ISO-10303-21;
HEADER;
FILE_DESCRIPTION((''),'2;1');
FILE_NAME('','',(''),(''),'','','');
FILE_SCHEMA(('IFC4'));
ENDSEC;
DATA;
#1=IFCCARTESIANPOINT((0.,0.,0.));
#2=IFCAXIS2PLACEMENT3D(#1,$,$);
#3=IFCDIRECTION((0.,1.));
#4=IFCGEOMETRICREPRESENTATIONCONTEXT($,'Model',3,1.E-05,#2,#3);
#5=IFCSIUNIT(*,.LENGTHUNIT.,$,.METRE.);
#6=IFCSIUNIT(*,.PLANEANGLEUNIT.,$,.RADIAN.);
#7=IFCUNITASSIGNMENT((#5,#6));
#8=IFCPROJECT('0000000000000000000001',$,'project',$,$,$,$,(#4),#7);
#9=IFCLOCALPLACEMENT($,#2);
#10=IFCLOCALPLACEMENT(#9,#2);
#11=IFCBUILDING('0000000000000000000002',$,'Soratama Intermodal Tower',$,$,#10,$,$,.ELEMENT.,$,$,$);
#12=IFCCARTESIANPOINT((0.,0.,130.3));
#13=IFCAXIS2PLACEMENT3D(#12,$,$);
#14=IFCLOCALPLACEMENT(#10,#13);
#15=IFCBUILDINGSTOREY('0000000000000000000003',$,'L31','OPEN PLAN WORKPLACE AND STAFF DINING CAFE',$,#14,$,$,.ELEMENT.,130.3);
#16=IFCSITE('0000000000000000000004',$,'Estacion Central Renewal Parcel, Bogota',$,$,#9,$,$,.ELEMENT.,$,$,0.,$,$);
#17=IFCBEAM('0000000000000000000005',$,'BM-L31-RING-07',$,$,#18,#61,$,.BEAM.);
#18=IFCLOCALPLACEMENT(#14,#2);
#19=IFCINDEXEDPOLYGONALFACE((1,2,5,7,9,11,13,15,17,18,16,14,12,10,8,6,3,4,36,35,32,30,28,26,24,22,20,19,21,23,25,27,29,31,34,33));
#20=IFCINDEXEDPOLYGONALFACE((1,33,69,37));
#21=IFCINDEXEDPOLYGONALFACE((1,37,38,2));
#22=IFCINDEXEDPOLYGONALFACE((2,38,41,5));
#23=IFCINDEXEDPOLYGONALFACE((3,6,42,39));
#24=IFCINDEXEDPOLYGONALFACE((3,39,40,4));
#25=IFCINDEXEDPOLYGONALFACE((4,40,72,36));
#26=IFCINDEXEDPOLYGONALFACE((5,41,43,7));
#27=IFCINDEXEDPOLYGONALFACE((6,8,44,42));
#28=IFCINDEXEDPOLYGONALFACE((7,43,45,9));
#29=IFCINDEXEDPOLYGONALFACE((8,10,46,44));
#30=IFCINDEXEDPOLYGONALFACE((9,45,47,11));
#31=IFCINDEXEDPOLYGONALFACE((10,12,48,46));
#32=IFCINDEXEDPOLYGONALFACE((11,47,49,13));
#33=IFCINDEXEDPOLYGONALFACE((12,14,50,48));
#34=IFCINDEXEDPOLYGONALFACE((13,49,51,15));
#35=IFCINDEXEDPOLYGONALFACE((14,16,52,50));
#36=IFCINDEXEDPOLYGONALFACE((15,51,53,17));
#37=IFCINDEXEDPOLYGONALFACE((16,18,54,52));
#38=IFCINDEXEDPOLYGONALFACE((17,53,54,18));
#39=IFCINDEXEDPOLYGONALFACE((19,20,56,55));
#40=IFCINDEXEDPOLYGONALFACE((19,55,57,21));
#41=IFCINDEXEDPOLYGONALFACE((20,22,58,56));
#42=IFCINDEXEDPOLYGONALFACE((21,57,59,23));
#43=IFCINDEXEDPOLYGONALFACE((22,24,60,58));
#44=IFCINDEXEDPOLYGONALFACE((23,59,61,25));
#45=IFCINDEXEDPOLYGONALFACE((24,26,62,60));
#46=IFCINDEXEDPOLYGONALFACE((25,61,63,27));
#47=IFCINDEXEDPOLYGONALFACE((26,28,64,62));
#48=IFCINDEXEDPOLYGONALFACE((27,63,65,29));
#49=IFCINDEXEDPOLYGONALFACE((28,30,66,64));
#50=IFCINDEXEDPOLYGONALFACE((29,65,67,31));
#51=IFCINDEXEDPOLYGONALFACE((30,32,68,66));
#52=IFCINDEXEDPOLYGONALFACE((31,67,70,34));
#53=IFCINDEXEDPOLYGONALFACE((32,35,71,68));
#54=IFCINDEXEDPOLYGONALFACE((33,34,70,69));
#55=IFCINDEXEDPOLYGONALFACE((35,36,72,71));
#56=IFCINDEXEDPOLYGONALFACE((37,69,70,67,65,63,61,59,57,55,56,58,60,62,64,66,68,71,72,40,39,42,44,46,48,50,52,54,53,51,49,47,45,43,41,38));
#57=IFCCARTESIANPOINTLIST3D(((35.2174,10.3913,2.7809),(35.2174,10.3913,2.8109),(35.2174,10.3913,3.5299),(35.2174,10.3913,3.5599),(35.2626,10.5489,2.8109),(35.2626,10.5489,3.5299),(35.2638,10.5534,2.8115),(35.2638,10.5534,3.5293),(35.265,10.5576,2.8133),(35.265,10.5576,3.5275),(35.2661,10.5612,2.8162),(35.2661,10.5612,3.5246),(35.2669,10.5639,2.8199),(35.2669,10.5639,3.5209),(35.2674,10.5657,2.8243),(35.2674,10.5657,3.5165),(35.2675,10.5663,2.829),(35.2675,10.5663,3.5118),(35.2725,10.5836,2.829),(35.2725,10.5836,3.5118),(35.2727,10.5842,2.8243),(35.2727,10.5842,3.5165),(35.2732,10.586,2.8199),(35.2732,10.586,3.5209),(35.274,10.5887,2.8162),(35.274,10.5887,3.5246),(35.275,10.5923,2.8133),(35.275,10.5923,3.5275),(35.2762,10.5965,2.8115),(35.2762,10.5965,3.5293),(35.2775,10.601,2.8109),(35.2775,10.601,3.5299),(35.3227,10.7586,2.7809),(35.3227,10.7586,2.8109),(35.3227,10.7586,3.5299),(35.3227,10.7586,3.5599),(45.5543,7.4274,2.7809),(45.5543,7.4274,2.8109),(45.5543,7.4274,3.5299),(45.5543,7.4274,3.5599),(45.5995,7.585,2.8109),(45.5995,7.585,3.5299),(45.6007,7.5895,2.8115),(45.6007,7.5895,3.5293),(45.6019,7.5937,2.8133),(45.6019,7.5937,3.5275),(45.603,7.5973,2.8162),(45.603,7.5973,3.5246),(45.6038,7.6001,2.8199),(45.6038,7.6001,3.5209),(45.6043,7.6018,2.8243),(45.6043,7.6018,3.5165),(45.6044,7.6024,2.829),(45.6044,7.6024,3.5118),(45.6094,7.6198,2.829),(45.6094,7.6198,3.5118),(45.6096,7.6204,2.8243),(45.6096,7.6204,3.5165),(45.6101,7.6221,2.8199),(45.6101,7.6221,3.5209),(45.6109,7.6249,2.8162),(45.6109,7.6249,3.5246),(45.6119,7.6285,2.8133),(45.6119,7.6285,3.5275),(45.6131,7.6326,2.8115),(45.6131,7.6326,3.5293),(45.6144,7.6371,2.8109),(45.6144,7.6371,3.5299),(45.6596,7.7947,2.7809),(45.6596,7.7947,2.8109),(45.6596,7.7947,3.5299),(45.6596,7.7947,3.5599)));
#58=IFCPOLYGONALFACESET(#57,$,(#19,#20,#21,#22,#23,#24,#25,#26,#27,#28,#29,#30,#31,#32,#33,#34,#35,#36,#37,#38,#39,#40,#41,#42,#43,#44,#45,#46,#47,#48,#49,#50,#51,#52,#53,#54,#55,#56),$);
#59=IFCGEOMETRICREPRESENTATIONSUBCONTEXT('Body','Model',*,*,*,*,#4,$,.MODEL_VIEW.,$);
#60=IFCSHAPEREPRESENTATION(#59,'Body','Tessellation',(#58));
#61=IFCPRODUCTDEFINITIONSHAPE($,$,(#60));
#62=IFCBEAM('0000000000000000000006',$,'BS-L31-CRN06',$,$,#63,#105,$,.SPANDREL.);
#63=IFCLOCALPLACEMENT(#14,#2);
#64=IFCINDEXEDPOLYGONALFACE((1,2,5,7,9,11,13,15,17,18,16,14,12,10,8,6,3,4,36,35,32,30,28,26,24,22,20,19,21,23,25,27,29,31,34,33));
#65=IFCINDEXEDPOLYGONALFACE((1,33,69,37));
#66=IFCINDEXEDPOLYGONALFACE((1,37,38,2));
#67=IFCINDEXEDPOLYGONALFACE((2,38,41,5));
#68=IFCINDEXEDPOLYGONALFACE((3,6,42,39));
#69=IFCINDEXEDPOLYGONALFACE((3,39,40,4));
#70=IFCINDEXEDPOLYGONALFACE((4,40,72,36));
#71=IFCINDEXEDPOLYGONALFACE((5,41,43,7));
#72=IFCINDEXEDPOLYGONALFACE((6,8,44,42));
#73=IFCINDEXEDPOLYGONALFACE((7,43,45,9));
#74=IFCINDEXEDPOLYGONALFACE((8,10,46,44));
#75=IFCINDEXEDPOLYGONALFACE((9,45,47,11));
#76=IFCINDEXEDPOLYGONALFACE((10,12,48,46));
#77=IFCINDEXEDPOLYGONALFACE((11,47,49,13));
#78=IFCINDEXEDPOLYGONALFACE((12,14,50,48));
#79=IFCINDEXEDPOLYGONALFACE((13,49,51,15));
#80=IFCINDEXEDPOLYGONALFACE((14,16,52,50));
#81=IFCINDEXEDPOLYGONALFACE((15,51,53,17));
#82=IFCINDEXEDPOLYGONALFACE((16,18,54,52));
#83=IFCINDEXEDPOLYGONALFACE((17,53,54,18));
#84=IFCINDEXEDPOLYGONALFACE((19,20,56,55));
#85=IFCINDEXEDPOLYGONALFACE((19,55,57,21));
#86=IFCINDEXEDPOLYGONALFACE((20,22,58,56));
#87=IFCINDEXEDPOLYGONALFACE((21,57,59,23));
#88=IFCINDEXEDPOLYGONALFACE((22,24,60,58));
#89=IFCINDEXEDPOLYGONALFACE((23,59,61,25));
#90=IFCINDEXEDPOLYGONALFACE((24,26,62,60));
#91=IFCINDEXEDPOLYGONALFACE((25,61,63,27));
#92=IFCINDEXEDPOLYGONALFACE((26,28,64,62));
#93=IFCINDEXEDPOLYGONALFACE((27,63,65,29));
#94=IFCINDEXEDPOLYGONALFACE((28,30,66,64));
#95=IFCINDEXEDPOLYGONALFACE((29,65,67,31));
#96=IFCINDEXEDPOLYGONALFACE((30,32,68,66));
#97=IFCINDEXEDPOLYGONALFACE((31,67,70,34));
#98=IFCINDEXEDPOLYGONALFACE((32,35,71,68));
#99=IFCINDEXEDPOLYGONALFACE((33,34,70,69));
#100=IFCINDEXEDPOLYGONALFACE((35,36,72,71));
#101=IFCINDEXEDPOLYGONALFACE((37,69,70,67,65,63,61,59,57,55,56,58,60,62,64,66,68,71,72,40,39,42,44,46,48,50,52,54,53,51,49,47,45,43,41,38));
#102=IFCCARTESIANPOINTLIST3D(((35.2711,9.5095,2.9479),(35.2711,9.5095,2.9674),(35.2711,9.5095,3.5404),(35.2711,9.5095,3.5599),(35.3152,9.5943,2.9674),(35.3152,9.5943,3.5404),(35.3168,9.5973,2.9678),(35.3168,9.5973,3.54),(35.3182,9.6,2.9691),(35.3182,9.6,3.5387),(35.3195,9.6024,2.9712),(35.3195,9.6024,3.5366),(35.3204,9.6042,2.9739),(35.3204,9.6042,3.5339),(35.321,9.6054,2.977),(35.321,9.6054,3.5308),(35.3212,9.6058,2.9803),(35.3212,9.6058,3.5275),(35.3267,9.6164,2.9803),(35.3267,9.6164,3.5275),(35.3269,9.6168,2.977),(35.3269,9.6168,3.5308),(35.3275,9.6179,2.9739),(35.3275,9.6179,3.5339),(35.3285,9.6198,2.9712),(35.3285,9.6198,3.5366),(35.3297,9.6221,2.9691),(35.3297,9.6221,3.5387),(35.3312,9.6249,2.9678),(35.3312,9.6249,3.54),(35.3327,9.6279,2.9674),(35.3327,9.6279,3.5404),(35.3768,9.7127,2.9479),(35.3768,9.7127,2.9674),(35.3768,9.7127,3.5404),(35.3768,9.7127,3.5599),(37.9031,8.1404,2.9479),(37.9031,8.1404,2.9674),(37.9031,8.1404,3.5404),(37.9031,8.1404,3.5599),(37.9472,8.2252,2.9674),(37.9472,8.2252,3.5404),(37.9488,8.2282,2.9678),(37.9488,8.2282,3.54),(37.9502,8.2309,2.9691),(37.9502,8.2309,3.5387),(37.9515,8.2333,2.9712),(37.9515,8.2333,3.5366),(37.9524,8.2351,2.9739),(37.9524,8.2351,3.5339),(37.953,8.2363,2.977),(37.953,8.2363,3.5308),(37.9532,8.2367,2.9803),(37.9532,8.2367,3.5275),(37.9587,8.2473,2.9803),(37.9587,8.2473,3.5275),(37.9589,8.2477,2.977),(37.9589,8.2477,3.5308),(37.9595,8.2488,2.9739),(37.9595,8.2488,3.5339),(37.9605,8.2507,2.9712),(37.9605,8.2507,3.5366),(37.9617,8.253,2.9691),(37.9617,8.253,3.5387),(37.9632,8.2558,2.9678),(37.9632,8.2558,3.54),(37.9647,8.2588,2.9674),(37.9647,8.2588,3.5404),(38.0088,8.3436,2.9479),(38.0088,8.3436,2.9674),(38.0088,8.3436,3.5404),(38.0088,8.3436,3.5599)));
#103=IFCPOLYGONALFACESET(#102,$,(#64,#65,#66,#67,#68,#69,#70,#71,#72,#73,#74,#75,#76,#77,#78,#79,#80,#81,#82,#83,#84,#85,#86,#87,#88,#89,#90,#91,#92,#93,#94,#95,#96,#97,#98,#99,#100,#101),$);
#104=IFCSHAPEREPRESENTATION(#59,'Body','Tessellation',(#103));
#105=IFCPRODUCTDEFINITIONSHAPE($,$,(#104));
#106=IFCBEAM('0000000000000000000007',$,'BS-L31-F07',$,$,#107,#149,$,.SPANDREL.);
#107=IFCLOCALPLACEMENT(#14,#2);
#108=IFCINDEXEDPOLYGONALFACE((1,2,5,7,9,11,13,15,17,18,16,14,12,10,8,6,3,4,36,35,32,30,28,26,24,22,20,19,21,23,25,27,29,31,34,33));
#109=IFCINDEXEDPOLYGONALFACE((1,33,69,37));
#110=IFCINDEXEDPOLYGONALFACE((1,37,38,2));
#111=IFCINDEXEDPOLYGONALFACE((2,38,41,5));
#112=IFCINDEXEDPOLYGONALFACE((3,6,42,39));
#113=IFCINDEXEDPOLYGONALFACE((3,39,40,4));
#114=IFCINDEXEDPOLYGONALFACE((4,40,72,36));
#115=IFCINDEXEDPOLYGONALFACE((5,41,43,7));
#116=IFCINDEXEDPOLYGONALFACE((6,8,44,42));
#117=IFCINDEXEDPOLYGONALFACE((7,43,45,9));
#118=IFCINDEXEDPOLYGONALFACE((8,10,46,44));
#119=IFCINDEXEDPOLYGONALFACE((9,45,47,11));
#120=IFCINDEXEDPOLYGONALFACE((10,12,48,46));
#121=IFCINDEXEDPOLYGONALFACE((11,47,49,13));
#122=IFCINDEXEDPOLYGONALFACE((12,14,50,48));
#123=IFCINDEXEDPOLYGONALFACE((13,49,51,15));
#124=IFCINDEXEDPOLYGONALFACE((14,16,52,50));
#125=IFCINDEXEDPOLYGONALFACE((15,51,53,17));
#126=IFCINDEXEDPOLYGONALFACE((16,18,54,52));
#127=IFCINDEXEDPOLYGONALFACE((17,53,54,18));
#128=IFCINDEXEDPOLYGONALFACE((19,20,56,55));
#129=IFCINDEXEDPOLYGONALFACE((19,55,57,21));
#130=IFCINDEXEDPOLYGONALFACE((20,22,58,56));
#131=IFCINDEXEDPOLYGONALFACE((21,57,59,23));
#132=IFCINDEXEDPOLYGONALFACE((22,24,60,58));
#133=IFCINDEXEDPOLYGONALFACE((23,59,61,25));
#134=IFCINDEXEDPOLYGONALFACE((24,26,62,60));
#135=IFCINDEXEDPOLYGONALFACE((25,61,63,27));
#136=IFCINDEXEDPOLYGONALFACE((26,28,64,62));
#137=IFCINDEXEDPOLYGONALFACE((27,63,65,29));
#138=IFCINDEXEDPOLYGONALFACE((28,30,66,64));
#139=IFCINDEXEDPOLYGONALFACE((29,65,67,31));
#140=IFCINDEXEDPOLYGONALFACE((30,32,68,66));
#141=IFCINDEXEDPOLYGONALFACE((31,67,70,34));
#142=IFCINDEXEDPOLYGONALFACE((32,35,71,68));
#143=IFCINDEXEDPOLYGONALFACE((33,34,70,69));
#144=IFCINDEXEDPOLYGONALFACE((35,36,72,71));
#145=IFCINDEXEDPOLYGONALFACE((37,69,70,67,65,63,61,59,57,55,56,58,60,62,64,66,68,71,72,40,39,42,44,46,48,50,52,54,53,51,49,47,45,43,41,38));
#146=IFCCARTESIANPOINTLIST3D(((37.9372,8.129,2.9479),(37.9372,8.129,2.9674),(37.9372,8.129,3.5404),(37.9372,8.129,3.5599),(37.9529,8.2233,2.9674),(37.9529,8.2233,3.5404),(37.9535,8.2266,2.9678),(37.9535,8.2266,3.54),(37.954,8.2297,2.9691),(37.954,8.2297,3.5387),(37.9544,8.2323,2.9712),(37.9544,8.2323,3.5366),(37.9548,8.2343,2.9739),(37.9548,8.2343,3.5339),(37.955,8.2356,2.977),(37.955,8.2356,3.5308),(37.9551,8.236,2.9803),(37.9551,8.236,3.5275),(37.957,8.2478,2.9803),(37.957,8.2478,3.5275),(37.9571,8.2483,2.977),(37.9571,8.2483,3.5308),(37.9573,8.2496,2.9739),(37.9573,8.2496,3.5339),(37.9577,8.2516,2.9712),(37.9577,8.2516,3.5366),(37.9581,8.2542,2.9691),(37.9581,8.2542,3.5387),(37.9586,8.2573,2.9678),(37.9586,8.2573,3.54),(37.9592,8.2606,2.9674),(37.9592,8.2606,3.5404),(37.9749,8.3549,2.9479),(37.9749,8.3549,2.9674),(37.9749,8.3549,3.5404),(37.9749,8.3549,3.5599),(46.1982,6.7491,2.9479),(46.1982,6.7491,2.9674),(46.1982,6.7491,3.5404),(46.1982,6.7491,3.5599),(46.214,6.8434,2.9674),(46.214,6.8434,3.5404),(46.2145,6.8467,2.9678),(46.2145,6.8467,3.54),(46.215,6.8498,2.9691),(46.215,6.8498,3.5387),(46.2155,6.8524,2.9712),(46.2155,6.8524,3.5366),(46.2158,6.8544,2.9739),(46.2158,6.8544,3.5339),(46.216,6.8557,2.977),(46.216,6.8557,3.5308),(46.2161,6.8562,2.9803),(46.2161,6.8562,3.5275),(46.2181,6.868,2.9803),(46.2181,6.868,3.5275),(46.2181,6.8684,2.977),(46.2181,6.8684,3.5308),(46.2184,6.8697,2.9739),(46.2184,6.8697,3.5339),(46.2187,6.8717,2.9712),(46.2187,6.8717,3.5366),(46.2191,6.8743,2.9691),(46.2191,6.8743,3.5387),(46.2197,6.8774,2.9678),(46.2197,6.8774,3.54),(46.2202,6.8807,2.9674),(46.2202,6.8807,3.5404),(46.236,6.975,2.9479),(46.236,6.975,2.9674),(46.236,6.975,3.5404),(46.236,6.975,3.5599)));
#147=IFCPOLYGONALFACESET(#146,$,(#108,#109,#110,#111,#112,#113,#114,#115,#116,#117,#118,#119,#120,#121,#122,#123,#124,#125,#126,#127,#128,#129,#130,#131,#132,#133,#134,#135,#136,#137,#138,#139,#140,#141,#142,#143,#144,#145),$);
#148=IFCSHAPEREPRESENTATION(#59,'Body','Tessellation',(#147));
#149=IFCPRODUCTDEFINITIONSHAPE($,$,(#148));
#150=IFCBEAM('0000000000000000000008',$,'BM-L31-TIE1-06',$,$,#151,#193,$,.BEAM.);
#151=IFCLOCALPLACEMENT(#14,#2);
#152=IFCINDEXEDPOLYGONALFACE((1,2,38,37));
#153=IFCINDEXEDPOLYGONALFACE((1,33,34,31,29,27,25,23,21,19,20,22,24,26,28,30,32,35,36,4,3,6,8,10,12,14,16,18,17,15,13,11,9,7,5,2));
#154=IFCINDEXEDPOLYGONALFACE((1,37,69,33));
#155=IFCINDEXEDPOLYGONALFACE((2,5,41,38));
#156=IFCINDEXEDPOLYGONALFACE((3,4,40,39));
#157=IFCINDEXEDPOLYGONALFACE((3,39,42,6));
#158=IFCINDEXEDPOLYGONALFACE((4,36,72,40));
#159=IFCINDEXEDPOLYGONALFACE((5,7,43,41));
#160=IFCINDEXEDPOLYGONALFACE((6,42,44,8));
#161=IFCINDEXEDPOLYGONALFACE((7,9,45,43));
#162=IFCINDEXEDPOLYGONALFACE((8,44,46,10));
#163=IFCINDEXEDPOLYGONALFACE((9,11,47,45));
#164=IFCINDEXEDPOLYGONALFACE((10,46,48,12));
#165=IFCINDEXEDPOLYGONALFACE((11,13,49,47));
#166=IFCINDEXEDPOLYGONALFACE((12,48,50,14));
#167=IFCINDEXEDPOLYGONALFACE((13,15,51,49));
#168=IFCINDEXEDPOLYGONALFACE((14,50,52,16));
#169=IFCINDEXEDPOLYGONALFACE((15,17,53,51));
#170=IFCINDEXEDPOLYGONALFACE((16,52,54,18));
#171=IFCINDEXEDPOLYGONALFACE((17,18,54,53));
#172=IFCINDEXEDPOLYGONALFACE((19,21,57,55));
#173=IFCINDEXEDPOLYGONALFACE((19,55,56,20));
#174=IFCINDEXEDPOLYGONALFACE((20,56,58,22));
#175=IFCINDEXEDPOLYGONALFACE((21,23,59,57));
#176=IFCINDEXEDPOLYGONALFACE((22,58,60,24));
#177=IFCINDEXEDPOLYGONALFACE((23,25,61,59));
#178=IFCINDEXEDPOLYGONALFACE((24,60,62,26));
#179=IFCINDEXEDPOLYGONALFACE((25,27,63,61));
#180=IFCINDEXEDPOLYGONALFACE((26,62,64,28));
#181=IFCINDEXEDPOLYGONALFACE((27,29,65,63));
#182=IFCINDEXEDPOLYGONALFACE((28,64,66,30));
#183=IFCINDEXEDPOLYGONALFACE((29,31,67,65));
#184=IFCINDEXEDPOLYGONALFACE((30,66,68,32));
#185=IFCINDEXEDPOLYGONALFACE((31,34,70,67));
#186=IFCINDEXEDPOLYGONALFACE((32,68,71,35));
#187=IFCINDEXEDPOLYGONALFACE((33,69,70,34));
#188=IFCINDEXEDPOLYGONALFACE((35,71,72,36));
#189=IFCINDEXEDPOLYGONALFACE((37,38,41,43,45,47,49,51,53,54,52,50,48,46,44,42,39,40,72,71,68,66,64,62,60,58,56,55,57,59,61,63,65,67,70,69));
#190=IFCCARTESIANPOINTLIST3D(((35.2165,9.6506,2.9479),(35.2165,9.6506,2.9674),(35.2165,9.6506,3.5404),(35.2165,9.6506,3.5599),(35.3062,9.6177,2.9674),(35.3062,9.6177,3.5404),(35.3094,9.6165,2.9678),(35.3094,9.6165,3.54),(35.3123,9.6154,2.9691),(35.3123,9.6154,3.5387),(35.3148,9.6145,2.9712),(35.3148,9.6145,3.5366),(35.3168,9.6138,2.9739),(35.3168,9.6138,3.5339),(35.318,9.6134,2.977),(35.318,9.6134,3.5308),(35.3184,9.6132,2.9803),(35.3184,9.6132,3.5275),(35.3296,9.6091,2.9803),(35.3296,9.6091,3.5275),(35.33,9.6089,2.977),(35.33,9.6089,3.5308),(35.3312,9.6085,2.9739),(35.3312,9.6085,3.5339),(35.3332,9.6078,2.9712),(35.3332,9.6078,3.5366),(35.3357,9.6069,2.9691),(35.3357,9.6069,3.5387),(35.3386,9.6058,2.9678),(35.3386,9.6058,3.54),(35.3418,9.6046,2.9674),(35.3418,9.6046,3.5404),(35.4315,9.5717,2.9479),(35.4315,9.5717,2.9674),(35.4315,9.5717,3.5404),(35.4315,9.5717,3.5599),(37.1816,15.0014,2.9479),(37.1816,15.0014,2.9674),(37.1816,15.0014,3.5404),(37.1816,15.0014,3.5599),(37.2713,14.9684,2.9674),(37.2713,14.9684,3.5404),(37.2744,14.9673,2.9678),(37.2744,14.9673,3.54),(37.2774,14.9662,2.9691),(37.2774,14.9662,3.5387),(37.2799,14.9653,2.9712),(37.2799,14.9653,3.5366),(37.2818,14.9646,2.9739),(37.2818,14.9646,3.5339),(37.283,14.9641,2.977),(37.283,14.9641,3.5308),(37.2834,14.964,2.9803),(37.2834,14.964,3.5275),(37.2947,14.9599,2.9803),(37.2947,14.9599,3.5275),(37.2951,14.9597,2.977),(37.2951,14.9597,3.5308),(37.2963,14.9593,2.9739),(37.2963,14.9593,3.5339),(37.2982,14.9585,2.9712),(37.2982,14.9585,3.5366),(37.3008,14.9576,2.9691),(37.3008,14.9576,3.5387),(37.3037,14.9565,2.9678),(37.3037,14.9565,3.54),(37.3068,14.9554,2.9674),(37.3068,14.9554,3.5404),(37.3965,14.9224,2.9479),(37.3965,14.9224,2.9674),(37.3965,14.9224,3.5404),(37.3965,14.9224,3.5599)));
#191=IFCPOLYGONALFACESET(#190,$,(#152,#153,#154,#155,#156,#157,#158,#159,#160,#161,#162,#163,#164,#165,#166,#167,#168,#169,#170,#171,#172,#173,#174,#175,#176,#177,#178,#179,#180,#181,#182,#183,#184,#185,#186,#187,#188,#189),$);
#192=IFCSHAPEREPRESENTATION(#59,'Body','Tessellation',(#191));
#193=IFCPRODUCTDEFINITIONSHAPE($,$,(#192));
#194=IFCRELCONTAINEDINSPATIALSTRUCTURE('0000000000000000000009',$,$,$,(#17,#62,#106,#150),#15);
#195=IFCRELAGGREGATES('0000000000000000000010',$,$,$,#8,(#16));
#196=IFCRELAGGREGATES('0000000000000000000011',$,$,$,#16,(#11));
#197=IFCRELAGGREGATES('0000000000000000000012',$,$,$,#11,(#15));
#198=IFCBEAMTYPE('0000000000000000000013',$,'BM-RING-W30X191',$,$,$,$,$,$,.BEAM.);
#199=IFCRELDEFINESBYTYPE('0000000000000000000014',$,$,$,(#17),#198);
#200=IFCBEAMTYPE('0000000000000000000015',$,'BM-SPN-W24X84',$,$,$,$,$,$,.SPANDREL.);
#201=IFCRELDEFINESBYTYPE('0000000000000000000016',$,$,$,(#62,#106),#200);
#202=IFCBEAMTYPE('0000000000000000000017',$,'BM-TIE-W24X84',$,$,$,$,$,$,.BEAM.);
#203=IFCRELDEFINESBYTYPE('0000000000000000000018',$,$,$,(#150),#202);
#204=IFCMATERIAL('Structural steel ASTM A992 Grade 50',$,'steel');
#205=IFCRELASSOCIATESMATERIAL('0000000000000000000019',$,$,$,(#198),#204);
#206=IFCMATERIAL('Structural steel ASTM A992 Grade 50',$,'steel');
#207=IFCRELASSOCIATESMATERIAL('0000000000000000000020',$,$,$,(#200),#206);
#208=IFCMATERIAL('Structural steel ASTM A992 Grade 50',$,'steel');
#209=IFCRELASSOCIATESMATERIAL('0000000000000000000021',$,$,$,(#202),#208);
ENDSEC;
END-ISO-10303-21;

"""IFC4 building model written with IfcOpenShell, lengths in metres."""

from ifc_helpers import new_model, si_unit, direction, frame, origin, origin_2d, place, context, subcontext, project, spatial, i_section, extrude, material, material_profile, profile_set, type_object, element, save


model = new_model("IFC4")

# Units and contexts
model_context = context("Model", 3, precision=1e-05, world=origin(), true_north=direction((0.0, 1.0)))
body_context = subcontext(model_context, "Body", "Model", "MODEL_VIEW")
ifc_project = project(units=[si_unit("LENGTHUNIT", "METRE"), si_unit("PLANEANGLEUNIT", "RADIAN")], contexts=[model_context])

# Site, building, storey
site_placement = place(None, origin())
site = spatial("IfcSite", under=ifc_project, at=site_placement, Name="Estacion Central Renewal Parcel, Bogota", CompositionType="ELEMENT", RefElevation=0.0)
building_placement = place(site_placement, origin())
building = spatial("IfcBuilding", under=site, at=building_placement, Name="Soratama Intermodal Tower", CompositionType="ELEMENT")
storey_placement = place(building_placement, frame((0.0, 0.0, 130.3)))
storey = spatial("IfcBuildingStorey", under=building, at=storey_placement, Name="L31", Description="OPEN PLAN WORKPLACE AND STAFF DINING CAFE", CompositionType="ELEMENT", Elevation=130.3)

# Beams
ifc_material_1 = material(Name="Structural steel ASTM A992 Grade 50", Category="steel")
ifc_material_profile_1 = material_profile(ifc_material_1, i_section(OverallWidth=0.3821, OverallDepth=0.7791, WebThickness=0.0181, FlangeThickness=0.03, FilletRadius=0.0181, at=origin_2d()), Name="W30X191")
ifc_profile_set_1 = profile_set([ifc_material_profile_1], Name="Structural steel ASTM A992 Grade 50")
beam_type_1 = type_object("IfcBeamType", Name="BM-RING-W30X191", PredefinedType="BEAM", material=ifc_profile_set_1)
beam_1_placement = place(storey_placement, frame((35.27, 10.575, 3.1704), z_axis=(0.961267, -0.275621, 0.0), x_axis=(0.275621, 0.961267, 0.0)))
element("IfcBeam", 1, at=beam_1_placement, inside=storey, type_object=beam_type_1, Name="BM-L31-RING-07", PredefinedType="BEAM", context=body_context, shape_type="SweptSolid", body=[
    extrude(i_section(OverallWidth=0.3821, OverallDepth=0.7791, WebThickness=0.0181, FlangeThickness=0.03, FilletRadius=0.0181, at=origin_2d()), origin(), (0.0, 0.0, 1.0), 10.7534),
])
ifc_material_2 = material(Name="Structural steel ASTM A992 Grade 50", Category="steel")
ifc_material_profile_2 = material_profile(ifc_material_2, i_section(OverallWidth=0.229, OverallDepth=0.6121, WebThickness=0.012, FlangeThickness=0.0195, FilletRadius=0.0129, at=origin_2d()), Name="W24X84")
ifc_profile_set_2 = profile_set([ifc_material_profile_2], Name="Structural steel ASTM A992 Grade 50")
beam_type_2 = type_object("IfcBeamType", Name="BM-SPN-W24X84", PredefinedType="SPANDREL", material=ifc_profile_set_2)
beam_2_placement = place(storey_placement, frame((35.324, 9.6111, 3.2539), z_axis=(0.887153, -0.461475, 0.0), x_axis=(0.461475, 0.887153, 0.0)))
element("IfcBeam", 2, at=beam_2_placement, inside=storey, type_object=beam_type_2, Name="BS-L31-CRN06", PredefinedType="SPANDREL", context=body_context, shape_type="SweptSolid", body=[
    extrude(i_section(OverallWidth=0.229, OverallDepth=0.6121, WebThickness=0.012, FlangeThickness=0.0195, FilletRadius=0.0129, at=origin_2d()), origin(), (0.0, 0.0, 1.0), 2.9668),
])
beam_3_placement = place(storey_placement, frame((37.9561, 8.2419, 3.2539), z_axis=(0.986335, -0.164753, 0.0), x_axis=(0.164753, 0.986335, 0.0)))
element("IfcBeam", 3, at=beam_3_placement, inside=storey, type_object=beam_type_2, Name="BS-L31-F07", PredefinedType="SPANDREL", context=body_context, shape_type="SweptSolid", body=[
    extrude(i_section(OverallWidth=0.229, OverallDepth=0.6121, WebThickness=0.012, FlangeThickness=0.0195, FilletRadius=0.0129, at=origin_2d()), origin(), (0.0, 0.0, 1.0), 8.3755),
])
ifc_material_3 = material(Name="Structural steel ASTM A992 Grade 50", Category="steel")
ifc_material_profile_3 = material_profile(ifc_material_3, i_section(OverallWidth=0.229, OverallDepth=0.6121, WebThickness=0.012, FlangeThickness=0.0195, FilletRadius=0.0129, at=origin_2d()), Name="W24X84")
ifc_profile_set_3 = profile_set([ifc_material_profile_3], Name="Structural steel ASTM A992 Grade 50")
beam_type_3 = type_object("IfcBeamType", Name="BM-TIE-W24X84", PredefinedType="BEAM", material=ifc_profile_set_3)
beam_4_placement = place(storey_placement, frame((37.2891, 14.9619, 3.2539), z_axis=(-0.344737, -0.938699, 0.0), x_axis=(0.938699, -0.344737, 0.0)))
element("IfcBeam", 4, at=beam_4_placement, inside=storey, type_object=beam_type_3, Name="BM-L31-TIE1-06", PredefinedType="BEAM", context=body_context, shape_type="SweptSolid", body=[
    extrude(i_section(OverallWidth=0.229, OverallDepth=0.6121, WebThickness=0.012, FlangeThickness=0.0195, FilletRadius=0.0129, at=origin_2d()), origin(), (0.0, 0.0, 1.0), 5.7002),
])

save(model, "model.ifc")
